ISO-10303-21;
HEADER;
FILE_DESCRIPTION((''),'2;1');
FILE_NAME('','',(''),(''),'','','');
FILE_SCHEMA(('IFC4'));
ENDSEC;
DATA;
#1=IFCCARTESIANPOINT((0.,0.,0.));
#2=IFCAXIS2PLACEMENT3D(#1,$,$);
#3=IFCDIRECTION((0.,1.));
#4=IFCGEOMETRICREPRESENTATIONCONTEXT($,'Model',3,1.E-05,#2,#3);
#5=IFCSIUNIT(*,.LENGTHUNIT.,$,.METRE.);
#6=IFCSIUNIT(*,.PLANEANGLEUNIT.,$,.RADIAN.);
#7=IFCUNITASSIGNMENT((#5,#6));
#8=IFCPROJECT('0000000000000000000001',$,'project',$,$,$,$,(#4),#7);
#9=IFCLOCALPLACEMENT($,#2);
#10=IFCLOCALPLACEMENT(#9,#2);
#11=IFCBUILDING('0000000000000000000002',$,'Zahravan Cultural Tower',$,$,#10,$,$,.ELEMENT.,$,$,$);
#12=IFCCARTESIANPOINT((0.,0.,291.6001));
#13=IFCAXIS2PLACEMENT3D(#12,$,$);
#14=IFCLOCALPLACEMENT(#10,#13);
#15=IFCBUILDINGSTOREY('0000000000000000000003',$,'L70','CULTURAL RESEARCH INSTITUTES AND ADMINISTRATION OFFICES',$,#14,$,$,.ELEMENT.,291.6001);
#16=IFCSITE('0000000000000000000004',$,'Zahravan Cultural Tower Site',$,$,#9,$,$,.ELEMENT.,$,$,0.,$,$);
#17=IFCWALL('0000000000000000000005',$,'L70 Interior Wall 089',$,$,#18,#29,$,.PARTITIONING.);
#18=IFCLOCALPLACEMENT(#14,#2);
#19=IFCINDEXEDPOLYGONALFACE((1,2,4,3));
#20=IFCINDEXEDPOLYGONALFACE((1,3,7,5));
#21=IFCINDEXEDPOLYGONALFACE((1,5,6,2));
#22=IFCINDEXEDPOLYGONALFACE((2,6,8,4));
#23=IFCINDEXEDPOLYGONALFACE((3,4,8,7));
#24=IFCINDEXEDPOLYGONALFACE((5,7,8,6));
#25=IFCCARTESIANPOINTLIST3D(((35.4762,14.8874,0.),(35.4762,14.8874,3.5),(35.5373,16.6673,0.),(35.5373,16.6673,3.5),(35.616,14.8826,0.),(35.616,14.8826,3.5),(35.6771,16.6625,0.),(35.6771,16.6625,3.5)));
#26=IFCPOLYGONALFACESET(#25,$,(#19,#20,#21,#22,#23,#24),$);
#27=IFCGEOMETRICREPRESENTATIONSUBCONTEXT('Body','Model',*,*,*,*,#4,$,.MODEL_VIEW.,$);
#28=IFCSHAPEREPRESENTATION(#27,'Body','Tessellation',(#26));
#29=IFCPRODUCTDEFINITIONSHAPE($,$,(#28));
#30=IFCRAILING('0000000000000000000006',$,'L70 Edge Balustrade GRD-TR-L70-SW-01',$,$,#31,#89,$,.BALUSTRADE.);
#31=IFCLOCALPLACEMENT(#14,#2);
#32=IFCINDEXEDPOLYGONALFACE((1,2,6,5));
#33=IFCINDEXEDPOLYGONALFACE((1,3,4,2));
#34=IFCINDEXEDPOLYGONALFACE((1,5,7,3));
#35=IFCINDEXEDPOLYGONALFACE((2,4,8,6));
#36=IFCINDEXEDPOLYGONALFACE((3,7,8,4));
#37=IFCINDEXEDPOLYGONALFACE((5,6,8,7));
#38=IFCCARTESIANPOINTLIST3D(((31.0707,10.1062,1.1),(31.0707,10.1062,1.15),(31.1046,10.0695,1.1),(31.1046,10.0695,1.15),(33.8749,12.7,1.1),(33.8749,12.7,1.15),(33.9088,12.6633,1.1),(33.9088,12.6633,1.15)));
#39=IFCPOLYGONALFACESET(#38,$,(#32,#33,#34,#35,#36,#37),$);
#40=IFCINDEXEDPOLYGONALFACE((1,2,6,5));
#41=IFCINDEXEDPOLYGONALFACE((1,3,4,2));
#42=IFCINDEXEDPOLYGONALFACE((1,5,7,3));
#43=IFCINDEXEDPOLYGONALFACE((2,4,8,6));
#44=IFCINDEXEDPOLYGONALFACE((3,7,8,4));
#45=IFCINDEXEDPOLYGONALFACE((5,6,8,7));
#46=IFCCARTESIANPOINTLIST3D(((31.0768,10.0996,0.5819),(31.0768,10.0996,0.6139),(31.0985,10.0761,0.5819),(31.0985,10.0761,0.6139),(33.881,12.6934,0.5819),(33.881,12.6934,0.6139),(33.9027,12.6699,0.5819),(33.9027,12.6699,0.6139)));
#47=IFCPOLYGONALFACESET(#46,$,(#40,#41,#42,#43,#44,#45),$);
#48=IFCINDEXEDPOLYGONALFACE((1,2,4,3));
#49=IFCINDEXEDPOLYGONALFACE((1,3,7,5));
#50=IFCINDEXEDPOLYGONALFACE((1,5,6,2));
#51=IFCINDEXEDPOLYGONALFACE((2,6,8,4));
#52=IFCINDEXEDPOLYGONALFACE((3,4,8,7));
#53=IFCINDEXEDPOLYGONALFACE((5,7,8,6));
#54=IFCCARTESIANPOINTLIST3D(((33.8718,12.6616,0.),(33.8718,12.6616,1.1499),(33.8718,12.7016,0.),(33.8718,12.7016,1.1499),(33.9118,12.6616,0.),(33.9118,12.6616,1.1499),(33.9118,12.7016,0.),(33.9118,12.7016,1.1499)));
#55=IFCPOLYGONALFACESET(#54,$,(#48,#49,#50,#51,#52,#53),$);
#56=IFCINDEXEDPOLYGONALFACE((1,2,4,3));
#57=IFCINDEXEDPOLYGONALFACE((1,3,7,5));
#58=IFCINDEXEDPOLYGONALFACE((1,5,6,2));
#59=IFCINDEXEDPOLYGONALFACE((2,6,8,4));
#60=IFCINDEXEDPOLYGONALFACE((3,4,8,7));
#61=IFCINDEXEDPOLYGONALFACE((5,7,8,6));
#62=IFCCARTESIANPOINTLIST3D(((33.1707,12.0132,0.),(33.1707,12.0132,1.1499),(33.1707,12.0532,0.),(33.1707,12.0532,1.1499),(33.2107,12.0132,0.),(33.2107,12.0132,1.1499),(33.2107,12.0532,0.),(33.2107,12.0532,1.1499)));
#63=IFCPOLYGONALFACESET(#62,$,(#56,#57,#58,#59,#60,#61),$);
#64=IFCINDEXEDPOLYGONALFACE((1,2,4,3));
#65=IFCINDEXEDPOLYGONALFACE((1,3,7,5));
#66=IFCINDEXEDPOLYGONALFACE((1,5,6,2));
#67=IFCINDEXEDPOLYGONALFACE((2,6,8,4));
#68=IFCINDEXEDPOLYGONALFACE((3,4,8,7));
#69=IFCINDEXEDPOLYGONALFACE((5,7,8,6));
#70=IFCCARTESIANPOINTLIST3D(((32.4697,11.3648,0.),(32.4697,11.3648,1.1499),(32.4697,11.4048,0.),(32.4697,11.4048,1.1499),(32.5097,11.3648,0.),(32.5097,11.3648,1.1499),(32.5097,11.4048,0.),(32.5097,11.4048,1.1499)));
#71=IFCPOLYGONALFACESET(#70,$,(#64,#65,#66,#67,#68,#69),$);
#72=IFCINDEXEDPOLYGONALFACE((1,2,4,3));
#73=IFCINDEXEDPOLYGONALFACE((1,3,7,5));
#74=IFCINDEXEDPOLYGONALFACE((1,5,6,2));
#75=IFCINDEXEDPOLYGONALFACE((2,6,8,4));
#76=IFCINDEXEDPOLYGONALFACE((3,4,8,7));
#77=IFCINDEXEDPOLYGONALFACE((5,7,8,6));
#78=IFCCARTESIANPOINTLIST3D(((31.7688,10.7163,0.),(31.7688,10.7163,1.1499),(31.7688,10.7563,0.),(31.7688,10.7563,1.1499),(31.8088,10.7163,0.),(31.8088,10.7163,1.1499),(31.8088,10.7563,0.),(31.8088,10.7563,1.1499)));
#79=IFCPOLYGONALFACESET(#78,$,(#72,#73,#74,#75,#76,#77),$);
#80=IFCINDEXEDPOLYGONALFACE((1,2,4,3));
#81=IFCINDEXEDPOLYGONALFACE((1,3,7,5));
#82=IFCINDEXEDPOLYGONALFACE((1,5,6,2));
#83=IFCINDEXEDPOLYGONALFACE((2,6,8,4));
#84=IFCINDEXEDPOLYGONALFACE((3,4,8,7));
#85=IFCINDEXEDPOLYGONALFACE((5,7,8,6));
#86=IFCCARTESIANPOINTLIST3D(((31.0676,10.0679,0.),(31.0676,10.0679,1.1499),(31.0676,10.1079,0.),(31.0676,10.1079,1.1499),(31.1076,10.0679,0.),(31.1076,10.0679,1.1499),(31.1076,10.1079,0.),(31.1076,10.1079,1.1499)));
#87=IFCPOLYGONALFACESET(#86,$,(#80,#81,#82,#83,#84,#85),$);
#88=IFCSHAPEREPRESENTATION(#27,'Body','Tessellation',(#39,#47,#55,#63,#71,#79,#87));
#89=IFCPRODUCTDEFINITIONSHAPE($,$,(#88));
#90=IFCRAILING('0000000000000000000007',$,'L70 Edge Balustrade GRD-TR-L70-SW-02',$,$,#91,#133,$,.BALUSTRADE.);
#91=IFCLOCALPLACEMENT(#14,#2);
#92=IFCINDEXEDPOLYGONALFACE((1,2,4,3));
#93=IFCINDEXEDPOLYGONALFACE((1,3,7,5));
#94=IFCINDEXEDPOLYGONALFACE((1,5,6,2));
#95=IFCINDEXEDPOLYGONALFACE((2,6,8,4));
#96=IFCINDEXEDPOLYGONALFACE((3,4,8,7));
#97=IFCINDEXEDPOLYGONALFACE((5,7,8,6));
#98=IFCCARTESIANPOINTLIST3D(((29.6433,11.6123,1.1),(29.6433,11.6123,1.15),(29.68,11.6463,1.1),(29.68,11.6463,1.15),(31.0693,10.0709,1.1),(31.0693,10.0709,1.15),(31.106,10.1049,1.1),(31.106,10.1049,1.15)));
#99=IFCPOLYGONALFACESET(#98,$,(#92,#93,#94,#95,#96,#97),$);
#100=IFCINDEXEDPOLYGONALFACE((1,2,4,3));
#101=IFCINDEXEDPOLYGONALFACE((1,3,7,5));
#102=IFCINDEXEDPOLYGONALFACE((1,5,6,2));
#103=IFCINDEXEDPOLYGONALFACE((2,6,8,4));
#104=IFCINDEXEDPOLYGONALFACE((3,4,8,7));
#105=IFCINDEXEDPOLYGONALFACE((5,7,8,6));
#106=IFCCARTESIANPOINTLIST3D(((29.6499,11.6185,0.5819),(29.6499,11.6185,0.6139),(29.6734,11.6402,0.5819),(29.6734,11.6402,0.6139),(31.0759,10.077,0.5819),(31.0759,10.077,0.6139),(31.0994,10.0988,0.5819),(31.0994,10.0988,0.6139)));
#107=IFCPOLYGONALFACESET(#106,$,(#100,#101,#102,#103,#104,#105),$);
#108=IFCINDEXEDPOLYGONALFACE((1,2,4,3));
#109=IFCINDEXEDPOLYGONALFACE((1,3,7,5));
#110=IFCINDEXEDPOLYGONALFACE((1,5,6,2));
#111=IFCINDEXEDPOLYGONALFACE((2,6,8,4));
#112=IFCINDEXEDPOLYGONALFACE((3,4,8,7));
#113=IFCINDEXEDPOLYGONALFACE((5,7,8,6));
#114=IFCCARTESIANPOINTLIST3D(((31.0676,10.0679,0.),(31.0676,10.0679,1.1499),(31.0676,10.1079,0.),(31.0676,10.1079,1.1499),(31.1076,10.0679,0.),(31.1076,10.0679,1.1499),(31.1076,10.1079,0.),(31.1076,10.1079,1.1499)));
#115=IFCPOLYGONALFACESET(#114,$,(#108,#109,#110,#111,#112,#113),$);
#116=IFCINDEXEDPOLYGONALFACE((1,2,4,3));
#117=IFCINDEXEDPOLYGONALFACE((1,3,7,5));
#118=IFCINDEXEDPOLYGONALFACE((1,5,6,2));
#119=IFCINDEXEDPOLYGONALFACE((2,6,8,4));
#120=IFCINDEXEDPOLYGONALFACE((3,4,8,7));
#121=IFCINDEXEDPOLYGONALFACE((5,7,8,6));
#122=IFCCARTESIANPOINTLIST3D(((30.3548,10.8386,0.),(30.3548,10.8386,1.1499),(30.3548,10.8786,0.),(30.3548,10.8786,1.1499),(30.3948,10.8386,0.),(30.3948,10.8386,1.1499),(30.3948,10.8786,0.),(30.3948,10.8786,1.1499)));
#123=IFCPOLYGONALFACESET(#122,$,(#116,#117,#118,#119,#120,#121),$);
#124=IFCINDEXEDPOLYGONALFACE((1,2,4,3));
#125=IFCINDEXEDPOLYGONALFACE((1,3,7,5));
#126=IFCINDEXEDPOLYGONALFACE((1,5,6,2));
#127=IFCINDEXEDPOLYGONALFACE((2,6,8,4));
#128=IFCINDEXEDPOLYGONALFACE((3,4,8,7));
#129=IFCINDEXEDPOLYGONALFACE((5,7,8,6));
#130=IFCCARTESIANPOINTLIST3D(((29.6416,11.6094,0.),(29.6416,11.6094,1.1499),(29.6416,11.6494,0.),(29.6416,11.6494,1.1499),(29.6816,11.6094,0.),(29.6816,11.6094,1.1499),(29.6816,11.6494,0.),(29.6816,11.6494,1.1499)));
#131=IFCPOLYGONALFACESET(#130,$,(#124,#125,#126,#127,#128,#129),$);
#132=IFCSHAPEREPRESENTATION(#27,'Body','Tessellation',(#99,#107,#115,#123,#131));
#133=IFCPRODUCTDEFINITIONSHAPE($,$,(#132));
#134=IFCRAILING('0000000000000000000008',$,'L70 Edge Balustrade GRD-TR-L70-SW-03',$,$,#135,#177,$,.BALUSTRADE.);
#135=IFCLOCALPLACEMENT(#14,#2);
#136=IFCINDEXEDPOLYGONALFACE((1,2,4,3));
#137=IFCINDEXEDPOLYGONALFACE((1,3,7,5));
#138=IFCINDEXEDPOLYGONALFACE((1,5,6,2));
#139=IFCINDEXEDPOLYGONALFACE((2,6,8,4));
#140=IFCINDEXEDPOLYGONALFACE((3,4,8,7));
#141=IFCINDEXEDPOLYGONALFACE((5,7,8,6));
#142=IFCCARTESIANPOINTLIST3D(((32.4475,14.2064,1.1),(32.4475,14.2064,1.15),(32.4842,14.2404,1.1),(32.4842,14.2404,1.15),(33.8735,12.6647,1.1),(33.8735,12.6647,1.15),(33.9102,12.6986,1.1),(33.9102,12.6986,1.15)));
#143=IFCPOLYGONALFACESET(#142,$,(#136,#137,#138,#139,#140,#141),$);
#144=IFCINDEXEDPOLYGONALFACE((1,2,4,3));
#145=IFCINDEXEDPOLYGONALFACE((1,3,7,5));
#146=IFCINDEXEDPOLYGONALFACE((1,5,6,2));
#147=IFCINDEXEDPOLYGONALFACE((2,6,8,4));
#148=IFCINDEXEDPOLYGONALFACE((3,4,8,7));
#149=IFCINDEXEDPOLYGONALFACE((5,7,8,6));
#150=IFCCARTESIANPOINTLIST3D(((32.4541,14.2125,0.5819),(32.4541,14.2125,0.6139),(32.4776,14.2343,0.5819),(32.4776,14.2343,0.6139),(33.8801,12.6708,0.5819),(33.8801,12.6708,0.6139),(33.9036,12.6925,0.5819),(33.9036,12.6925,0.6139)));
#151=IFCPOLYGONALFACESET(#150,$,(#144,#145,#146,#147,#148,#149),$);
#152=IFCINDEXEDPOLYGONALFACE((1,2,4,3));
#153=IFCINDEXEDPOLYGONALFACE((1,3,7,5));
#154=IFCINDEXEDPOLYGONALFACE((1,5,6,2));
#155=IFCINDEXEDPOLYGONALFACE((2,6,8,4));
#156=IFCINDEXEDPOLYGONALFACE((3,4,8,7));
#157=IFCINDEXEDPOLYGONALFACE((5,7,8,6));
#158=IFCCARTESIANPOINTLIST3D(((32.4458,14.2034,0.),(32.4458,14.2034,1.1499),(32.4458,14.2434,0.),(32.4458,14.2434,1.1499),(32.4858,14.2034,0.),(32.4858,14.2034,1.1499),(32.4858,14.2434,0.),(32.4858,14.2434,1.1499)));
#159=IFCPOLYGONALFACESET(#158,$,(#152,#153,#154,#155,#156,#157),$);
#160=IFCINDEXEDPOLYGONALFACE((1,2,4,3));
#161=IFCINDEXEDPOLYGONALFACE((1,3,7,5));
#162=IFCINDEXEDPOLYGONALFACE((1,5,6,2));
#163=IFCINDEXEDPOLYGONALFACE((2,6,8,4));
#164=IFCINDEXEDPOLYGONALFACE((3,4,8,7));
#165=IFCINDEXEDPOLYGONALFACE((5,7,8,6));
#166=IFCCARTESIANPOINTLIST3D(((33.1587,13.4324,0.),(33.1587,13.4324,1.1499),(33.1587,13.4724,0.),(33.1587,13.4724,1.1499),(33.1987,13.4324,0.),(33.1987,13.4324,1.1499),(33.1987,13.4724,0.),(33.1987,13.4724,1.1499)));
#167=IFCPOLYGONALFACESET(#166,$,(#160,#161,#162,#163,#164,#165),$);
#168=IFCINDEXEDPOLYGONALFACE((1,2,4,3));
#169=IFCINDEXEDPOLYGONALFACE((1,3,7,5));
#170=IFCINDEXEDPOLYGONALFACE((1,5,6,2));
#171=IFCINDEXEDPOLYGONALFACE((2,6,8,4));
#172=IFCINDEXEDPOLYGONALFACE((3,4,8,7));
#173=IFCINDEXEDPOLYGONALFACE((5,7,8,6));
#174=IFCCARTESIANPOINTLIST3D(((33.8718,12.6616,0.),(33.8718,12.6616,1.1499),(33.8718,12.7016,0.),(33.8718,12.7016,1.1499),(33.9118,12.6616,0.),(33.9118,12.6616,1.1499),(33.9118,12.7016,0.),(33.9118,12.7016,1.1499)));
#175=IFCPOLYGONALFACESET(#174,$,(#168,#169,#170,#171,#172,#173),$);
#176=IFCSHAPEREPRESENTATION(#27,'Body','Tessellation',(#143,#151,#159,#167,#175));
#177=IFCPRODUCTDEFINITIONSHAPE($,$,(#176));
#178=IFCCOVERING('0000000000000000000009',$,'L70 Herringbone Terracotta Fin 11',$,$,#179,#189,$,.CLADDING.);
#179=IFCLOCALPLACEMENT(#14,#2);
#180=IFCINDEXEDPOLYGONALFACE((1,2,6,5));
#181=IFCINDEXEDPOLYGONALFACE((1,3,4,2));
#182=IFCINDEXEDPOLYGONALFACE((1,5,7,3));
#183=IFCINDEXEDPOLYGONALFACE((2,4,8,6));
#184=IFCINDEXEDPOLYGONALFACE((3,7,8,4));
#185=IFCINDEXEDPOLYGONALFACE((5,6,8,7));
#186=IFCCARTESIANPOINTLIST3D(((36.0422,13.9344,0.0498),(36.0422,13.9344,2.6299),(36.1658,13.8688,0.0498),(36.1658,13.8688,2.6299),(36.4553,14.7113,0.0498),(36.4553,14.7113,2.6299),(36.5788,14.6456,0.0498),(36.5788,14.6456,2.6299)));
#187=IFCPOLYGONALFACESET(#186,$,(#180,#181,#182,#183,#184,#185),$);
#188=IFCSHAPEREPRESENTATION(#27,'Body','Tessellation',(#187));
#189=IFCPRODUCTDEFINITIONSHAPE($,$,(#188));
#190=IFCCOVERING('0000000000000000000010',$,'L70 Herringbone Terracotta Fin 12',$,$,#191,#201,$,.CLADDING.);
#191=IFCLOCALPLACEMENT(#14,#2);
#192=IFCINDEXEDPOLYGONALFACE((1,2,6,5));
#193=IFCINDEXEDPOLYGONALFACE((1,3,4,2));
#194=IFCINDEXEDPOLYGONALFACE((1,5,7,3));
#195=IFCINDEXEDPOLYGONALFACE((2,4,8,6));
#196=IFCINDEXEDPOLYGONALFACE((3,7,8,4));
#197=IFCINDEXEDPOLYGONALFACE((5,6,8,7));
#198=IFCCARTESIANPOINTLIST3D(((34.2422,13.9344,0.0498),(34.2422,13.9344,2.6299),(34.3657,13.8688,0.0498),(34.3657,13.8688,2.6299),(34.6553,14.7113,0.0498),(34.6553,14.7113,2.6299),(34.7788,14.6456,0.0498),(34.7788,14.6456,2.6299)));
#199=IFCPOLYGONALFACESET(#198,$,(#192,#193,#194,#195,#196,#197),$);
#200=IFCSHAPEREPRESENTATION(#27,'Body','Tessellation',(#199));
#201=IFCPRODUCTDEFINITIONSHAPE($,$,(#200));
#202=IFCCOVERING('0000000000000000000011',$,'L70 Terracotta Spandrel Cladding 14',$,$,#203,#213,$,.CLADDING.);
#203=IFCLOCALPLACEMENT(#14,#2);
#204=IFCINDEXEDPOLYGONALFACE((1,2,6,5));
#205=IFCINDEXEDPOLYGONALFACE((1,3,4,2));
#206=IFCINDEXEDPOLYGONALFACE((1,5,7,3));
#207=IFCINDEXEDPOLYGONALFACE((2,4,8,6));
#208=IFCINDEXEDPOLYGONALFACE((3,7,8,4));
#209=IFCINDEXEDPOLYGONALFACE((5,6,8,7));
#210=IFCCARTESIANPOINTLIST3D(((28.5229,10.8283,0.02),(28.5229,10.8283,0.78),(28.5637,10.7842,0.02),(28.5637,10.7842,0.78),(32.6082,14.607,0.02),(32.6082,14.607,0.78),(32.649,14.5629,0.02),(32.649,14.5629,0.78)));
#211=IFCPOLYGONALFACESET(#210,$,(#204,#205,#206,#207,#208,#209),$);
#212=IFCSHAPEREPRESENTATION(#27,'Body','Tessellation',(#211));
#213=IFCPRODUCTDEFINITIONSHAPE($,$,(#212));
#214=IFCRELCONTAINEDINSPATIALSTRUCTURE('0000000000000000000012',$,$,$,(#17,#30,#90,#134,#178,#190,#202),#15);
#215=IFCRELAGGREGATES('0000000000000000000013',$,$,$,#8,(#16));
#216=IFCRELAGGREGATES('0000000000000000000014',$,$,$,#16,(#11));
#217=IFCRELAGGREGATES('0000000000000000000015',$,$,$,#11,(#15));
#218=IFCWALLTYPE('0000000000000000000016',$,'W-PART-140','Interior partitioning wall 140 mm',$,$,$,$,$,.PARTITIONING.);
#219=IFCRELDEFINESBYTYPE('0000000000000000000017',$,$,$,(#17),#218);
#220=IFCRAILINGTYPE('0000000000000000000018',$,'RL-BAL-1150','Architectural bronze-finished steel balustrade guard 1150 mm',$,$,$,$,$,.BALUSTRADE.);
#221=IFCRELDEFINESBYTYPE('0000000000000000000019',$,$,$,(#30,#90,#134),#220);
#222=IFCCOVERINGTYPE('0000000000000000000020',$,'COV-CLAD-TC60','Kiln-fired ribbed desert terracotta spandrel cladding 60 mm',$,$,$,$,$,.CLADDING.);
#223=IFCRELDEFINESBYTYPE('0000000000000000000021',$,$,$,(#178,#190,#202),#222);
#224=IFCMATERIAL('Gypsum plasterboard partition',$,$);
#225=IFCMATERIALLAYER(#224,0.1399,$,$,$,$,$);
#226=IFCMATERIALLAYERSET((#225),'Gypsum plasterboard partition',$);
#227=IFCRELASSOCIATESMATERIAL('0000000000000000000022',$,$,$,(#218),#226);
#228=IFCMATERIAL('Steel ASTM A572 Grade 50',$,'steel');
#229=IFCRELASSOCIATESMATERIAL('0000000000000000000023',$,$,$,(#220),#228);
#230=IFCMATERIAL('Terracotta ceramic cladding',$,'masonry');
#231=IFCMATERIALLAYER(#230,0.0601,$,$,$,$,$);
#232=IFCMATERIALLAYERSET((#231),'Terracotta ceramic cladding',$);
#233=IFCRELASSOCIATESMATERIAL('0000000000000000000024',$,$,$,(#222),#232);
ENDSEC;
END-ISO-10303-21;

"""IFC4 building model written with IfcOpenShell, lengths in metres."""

from ifc_helpers import new_model, si_unit, direction, frame, frame_2d, origin, origin_2d, place, context, subcontext, project, spatial, rectangle, extrude, source, transform, mapped, material, layer, layer_set, type_object, element, save


model = new_model("IFC4")

# Units and contexts
model_context = context("Model", 3, precision=1e-05, world=origin(), true_north=direction((0.0, 1.0)))
body_context = subcontext(model_context, "Body", "Model", "MODEL_VIEW")
ifc_project = project(units=[si_unit("LENGTHUNIT", "METRE"), si_unit("PLANEANGLEUNIT", "RADIAN")], contexts=[model_context])

# Site, building, storey
site_placement = place(None, origin())
site = spatial("IfcSite", under=ifc_project, at=site_placement, Name="Zahravan Cultural Tower Site", CompositionType="ELEMENT", RefElevation=0.0)
building_placement = place(site_placement, origin())
building = spatial("IfcBuilding", under=site, at=building_placement, Name="Zahravan Cultural Tower", CompositionType="ELEMENT")
storey_placement = place(building_placement, frame((0.0, 0.0, 291.6001)))
storey = spatial("IfcBuildingStorey", under=building, at=storey_placement, Name="L70", Description="CULTURAL RESEARCH INSTITUTES AND ADMINISTRATION OFFICES", CompositionType="ELEMENT", Elevation=291.6001)

# Shared definitions
ifc_material_1 = material(Name="Gypsum plasterboard partition")
ifc_layer_1 = layer(ifc_material_1, 0.1399)
ifc_layer_set_1 = layer_set([ifc_layer_1], Name="Gypsum plasterboard partition")
wall_type_1 = type_object("IfcWallType", Name="W-PART-140", Description="Interior partitioning wall 140 mm", PredefinedType="PARTITIONING", material=ifc_layer_set_1)

# Wall
shared_shape_1 = source(origin(), body_context, "Body", "SweptSolid", [
    extrude(rectangle(XDim=1.781, YDim=0.1399, at=frame_2d((0.8906, 0.0))), origin(), (0.0, 0.0, 1.0), 3.5),
])
wall_1_placement = place(storey_placement, frame((35.6072, 16.665, 0.0), z_axis=(0.0, 0.0, 1.0), x_axis=(-0.034269, -0.999413, 0.0)))
element("IfcWall", 1, at=wall_1_placement, inside=storey, type_object=wall_type_1, Name="L70 Interior Wall 089", PredefinedType="PARTITIONING", context=body_context, shape_type="MappedRepresentation", body=[
    mapped(shared_shape_1, transform((0.0, 0.0, 0.0), x_axis=(1.0, 0.0, 0.0), y_axis=(0.0, 1.0, 0.0), z_axis=(0.0, 0.0, 1.0), scale=1.0)),
])

# Railings
ifc_material_2 = material(Name="Steel ASTM A572 Grade 50", Category="steel")
railing_type = type_object("IfcRailingType", Name="RL-BAL-1150", Description="Architectural bronze-finished steel balustrade guard 1150 mm", PredefinedType="BALUSTRADE", material=ifc_material_2)
railing_1_placement = place(storey_placement, frame((33.8918, 12.6816, 0.0)))
element("IfcRailing", 2, at=railing_1_placement, inside=storey, type_object=railing_type, Name="L70 Edge Balustrade GRD-TR-L70-SW-01", PredefinedType="BALUSTRADE", context=body_context, shape_type="SweptSolid", body=[
    extrude(rectangle(XDim=0.05, YDim=0.05, at=origin_2d()), frame((0.0, 0.0, 1.125), z_axis=(-0.734117, -0.679023, 0.0), x_axis=(0.679023, -0.734117, 0.0)), (0.0, 0.0, 1.0), 3.8198),
    extrude(rectangle(XDim=0.032, YDim=0.032, at=origin_2d()), frame((0.0, 0.0, 0.5979), z_axis=(-0.734117, -0.679023, 0.0), x_axis=(0.679023, -0.734117, 0.0)), (0.0, 0.0, 1.0), 3.8198),
    extrude(rectangle(XDim=0.04, YDim=0.04, at=origin_2d()), origin(), (0.0, 0.0, 1.0), 1.1499),
    extrude(rectangle(XDim=0.04, YDim=0.04, at=origin_2d()), frame((-0.7012, -0.6484, 0.0)), (0.0, 0.0, 1.0), 1.1499),
    extrude(rectangle(XDim=0.04, YDim=0.04, at=origin_2d()), frame((-1.4021, -1.2969, 0.0)), (0.0, 0.0, 1.0), 1.1499),
    extrude(rectangle(XDim=0.04, YDim=0.04, at=origin_2d()), frame((-2.103, -1.9453, 0.0)), (0.0, 0.0, 1.0), 1.1499),
    extrude(rectangle(XDim=0.04, YDim=0.04, at=origin_2d()), frame((-2.8042, -2.5938, 0.0)), (0.0, 0.0, 1.0), 1.1499),
])
railing_2_placement = place(storey_placement, frame((31.0876, 10.0879, 0.0)))
element("IfcRailing", 3, at=railing_2_placement, inside=storey, type_object=railing_type, Name="L70 Edge Balustrade GRD-TR-L70-SW-02", PredefinedType="BALUSTRADE", context=body_context, shape_type="SweptSolid", body=[
    extrude(rectangle(XDim=0.05, YDim=0.05, at=origin_2d()), frame((0.0, 0.0, 1.125), z_axis=(-0.679076, 0.734068, 0.0), x_axis=(-0.734068, -0.679076, 0.0)), (0.0, 0.0, 1.0), 2.0999),
    extrude(rectangle(XDim=0.032, YDim=0.032, at=origin_2d()), frame((0.0, 0.0, 0.5979), z_axis=(-0.679076, 0.734068, 0.0), x_axis=(-0.734068, -0.679076, 0.0)), (0.0, 0.0, 1.0), 2.0999),
    extrude(rectangle(XDim=0.04, YDim=0.04, at=origin_2d()), origin(), (0.0, 0.0, 1.0), 1.1499),
    extrude(rectangle(XDim=0.04, YDim=0.04, at=origin_2d()), frame((-0.7129, 0.7708, 0.0)), (0.0, 0.0, 1.0), 1.1499),
    extrude(rectangle(XDim=0.04, YDim=0.04, at=origin_2d()), frame((-1.426, 1.5415, 0.0)), (0.0, 0.0, 1.0), 1.1499),
])
railing_3_placement = place(storey_placement, frame((32.4658, 14.2234, 0.0)))
element("IfcRailing", 4, at=railing_3_placement, inside=storey, type_object=railing_type, Name="L70 Edge Balustrade GRD-TR-L70-SW-03", PredefinedType="BALUSTRADE", context=body_context, shape_type="SweptSolid", body=[
    extrude(rectangle(XDim=0.05, YDim=0.05, at=origin_2d()), frame((0.0, 0.0, 1.125), z_axis=(0.679018, -0.734121, 0.0), x_axis=(0.734121, 0.679018, 0.0)), (0.0, 0.0, 1.0), 2.1001),
    extrude(rectangle(XDim=0.032, YDim=0.032, at=origin_2d()), frame((0.0, 0.0, 0.5979), z_axis=(0.679018, -0.734121, 0.0), x_axis=(0.734121, 0.679018, 0.0)), (0.0, 0.0, 1.0), 2.1001),
    extrude(rectangle(XDim=0.04, YDim=0.04, at=origin_2d()), origin(), (0.0, 0.0, 1.0), 1.1499),
    extrude(rectangle(XDim=0.04, YDim=0.04, at=origin_2d()), frame((0.7129, -0.771, 0.0)), (0.0, 0.0, 1.0), 1.1499),
    extrude(rectangle(XDim=0.04, YDim=0.04, at=origin_2d()), frame((1.426, -1.5417, 0.0)), (0.0, 0.0, 1.0), 1.1499),
])

# Coverings
ifc_material_3 = material(Name="Terracotta ceramic cladding", Category="masonry")
ifc_layer_2 = layer(ifc_material_3, 0.0601)
ifc_layer_set_2 = layer_set([ifc_layer_2], Name="Terracotta ceramic cladding")
covering_type = type_object("IfcCoveringType", Name="COV-CLAD-TC60", Description="Kiln-fired ribbed desert terracotta spandrel cladding 60 mm", PredefinedType="CLADDING", material=ifc_layer_set_2)
shared_shape_2 = source(origin(), body_context, "Body", "SweptSolid", [
    extrude(rectangle(XDim=0.8799, YDim=0.1399, at=origin_2d()), origin(), (0.0, 0.0, 1.0), 2.5801),
])
for number, where, z_axis, x_axis, name in (
    (5, (36.3105, 14.29, 0.0498), (0.0, 0.0, 1.0), (-0.469472, -0.882948, 0.0), "L70 Herringbone Terracotta Fin 11"),
    (6, (34.5105, 14.29, 0.0498), (0.0, 0.0, 1.0), (-0.469472, -0.882948, 0.0), "L70 Herringbone Terracotta Fin 12"),
):
    element("IfcCovering", number, at=place(storey_placement, frame(where, z_axis=z_axis, x_axis=x_axis)), inside=storey, type_object=covering_type, Name=name, PredefinedType="CLADDING", context=body_context, shape_type="MappedRepresentation", body=[
        mapped(shared_shape_2, transform((0.0, 0.0, 0.0), x_axis=(1.0, 0.0, 0.0), y_axis=(0.0, 1.0, 0.0), z_axis=(0.0, 0.0, 1.0), scale=1.0)),
    ])
shared_shape_3 = source(origin(), body_context, "Body", "SweptSolid", [
    extrude(rectangle(XDim=5.5649, YDim=0.0601, at=origin_2d()), origin(), (0.0, 0.0, 1.0), 0.76),
])
covering_1_placement = place(storey_placement, frame((30.5859, 12.6956, 0.02), z_axis=(0.0, 0.0, 1.0), x_axis=(-0.734121, -0.679019, 0.0)))
element("IfcCovering", 7, at=covering_1_placement, inside=storey, type_object=covering_type, Name="L70 Terracotta Spandrel Cladding 14", PredefinedType="CLADDING", context=body_context, shape_type="MappedRepresentation", body=[
    mapped(shared_shape_3, transform((0.0, 0.0, 0.0), x_axis=(1.0, 0.0, 0.0), y_axis=(0.0, 1.0, 0.0), z_axis=(0.0, 0.0, 1.0), scale=1.0)),
])

save(model, "model.ifc")
